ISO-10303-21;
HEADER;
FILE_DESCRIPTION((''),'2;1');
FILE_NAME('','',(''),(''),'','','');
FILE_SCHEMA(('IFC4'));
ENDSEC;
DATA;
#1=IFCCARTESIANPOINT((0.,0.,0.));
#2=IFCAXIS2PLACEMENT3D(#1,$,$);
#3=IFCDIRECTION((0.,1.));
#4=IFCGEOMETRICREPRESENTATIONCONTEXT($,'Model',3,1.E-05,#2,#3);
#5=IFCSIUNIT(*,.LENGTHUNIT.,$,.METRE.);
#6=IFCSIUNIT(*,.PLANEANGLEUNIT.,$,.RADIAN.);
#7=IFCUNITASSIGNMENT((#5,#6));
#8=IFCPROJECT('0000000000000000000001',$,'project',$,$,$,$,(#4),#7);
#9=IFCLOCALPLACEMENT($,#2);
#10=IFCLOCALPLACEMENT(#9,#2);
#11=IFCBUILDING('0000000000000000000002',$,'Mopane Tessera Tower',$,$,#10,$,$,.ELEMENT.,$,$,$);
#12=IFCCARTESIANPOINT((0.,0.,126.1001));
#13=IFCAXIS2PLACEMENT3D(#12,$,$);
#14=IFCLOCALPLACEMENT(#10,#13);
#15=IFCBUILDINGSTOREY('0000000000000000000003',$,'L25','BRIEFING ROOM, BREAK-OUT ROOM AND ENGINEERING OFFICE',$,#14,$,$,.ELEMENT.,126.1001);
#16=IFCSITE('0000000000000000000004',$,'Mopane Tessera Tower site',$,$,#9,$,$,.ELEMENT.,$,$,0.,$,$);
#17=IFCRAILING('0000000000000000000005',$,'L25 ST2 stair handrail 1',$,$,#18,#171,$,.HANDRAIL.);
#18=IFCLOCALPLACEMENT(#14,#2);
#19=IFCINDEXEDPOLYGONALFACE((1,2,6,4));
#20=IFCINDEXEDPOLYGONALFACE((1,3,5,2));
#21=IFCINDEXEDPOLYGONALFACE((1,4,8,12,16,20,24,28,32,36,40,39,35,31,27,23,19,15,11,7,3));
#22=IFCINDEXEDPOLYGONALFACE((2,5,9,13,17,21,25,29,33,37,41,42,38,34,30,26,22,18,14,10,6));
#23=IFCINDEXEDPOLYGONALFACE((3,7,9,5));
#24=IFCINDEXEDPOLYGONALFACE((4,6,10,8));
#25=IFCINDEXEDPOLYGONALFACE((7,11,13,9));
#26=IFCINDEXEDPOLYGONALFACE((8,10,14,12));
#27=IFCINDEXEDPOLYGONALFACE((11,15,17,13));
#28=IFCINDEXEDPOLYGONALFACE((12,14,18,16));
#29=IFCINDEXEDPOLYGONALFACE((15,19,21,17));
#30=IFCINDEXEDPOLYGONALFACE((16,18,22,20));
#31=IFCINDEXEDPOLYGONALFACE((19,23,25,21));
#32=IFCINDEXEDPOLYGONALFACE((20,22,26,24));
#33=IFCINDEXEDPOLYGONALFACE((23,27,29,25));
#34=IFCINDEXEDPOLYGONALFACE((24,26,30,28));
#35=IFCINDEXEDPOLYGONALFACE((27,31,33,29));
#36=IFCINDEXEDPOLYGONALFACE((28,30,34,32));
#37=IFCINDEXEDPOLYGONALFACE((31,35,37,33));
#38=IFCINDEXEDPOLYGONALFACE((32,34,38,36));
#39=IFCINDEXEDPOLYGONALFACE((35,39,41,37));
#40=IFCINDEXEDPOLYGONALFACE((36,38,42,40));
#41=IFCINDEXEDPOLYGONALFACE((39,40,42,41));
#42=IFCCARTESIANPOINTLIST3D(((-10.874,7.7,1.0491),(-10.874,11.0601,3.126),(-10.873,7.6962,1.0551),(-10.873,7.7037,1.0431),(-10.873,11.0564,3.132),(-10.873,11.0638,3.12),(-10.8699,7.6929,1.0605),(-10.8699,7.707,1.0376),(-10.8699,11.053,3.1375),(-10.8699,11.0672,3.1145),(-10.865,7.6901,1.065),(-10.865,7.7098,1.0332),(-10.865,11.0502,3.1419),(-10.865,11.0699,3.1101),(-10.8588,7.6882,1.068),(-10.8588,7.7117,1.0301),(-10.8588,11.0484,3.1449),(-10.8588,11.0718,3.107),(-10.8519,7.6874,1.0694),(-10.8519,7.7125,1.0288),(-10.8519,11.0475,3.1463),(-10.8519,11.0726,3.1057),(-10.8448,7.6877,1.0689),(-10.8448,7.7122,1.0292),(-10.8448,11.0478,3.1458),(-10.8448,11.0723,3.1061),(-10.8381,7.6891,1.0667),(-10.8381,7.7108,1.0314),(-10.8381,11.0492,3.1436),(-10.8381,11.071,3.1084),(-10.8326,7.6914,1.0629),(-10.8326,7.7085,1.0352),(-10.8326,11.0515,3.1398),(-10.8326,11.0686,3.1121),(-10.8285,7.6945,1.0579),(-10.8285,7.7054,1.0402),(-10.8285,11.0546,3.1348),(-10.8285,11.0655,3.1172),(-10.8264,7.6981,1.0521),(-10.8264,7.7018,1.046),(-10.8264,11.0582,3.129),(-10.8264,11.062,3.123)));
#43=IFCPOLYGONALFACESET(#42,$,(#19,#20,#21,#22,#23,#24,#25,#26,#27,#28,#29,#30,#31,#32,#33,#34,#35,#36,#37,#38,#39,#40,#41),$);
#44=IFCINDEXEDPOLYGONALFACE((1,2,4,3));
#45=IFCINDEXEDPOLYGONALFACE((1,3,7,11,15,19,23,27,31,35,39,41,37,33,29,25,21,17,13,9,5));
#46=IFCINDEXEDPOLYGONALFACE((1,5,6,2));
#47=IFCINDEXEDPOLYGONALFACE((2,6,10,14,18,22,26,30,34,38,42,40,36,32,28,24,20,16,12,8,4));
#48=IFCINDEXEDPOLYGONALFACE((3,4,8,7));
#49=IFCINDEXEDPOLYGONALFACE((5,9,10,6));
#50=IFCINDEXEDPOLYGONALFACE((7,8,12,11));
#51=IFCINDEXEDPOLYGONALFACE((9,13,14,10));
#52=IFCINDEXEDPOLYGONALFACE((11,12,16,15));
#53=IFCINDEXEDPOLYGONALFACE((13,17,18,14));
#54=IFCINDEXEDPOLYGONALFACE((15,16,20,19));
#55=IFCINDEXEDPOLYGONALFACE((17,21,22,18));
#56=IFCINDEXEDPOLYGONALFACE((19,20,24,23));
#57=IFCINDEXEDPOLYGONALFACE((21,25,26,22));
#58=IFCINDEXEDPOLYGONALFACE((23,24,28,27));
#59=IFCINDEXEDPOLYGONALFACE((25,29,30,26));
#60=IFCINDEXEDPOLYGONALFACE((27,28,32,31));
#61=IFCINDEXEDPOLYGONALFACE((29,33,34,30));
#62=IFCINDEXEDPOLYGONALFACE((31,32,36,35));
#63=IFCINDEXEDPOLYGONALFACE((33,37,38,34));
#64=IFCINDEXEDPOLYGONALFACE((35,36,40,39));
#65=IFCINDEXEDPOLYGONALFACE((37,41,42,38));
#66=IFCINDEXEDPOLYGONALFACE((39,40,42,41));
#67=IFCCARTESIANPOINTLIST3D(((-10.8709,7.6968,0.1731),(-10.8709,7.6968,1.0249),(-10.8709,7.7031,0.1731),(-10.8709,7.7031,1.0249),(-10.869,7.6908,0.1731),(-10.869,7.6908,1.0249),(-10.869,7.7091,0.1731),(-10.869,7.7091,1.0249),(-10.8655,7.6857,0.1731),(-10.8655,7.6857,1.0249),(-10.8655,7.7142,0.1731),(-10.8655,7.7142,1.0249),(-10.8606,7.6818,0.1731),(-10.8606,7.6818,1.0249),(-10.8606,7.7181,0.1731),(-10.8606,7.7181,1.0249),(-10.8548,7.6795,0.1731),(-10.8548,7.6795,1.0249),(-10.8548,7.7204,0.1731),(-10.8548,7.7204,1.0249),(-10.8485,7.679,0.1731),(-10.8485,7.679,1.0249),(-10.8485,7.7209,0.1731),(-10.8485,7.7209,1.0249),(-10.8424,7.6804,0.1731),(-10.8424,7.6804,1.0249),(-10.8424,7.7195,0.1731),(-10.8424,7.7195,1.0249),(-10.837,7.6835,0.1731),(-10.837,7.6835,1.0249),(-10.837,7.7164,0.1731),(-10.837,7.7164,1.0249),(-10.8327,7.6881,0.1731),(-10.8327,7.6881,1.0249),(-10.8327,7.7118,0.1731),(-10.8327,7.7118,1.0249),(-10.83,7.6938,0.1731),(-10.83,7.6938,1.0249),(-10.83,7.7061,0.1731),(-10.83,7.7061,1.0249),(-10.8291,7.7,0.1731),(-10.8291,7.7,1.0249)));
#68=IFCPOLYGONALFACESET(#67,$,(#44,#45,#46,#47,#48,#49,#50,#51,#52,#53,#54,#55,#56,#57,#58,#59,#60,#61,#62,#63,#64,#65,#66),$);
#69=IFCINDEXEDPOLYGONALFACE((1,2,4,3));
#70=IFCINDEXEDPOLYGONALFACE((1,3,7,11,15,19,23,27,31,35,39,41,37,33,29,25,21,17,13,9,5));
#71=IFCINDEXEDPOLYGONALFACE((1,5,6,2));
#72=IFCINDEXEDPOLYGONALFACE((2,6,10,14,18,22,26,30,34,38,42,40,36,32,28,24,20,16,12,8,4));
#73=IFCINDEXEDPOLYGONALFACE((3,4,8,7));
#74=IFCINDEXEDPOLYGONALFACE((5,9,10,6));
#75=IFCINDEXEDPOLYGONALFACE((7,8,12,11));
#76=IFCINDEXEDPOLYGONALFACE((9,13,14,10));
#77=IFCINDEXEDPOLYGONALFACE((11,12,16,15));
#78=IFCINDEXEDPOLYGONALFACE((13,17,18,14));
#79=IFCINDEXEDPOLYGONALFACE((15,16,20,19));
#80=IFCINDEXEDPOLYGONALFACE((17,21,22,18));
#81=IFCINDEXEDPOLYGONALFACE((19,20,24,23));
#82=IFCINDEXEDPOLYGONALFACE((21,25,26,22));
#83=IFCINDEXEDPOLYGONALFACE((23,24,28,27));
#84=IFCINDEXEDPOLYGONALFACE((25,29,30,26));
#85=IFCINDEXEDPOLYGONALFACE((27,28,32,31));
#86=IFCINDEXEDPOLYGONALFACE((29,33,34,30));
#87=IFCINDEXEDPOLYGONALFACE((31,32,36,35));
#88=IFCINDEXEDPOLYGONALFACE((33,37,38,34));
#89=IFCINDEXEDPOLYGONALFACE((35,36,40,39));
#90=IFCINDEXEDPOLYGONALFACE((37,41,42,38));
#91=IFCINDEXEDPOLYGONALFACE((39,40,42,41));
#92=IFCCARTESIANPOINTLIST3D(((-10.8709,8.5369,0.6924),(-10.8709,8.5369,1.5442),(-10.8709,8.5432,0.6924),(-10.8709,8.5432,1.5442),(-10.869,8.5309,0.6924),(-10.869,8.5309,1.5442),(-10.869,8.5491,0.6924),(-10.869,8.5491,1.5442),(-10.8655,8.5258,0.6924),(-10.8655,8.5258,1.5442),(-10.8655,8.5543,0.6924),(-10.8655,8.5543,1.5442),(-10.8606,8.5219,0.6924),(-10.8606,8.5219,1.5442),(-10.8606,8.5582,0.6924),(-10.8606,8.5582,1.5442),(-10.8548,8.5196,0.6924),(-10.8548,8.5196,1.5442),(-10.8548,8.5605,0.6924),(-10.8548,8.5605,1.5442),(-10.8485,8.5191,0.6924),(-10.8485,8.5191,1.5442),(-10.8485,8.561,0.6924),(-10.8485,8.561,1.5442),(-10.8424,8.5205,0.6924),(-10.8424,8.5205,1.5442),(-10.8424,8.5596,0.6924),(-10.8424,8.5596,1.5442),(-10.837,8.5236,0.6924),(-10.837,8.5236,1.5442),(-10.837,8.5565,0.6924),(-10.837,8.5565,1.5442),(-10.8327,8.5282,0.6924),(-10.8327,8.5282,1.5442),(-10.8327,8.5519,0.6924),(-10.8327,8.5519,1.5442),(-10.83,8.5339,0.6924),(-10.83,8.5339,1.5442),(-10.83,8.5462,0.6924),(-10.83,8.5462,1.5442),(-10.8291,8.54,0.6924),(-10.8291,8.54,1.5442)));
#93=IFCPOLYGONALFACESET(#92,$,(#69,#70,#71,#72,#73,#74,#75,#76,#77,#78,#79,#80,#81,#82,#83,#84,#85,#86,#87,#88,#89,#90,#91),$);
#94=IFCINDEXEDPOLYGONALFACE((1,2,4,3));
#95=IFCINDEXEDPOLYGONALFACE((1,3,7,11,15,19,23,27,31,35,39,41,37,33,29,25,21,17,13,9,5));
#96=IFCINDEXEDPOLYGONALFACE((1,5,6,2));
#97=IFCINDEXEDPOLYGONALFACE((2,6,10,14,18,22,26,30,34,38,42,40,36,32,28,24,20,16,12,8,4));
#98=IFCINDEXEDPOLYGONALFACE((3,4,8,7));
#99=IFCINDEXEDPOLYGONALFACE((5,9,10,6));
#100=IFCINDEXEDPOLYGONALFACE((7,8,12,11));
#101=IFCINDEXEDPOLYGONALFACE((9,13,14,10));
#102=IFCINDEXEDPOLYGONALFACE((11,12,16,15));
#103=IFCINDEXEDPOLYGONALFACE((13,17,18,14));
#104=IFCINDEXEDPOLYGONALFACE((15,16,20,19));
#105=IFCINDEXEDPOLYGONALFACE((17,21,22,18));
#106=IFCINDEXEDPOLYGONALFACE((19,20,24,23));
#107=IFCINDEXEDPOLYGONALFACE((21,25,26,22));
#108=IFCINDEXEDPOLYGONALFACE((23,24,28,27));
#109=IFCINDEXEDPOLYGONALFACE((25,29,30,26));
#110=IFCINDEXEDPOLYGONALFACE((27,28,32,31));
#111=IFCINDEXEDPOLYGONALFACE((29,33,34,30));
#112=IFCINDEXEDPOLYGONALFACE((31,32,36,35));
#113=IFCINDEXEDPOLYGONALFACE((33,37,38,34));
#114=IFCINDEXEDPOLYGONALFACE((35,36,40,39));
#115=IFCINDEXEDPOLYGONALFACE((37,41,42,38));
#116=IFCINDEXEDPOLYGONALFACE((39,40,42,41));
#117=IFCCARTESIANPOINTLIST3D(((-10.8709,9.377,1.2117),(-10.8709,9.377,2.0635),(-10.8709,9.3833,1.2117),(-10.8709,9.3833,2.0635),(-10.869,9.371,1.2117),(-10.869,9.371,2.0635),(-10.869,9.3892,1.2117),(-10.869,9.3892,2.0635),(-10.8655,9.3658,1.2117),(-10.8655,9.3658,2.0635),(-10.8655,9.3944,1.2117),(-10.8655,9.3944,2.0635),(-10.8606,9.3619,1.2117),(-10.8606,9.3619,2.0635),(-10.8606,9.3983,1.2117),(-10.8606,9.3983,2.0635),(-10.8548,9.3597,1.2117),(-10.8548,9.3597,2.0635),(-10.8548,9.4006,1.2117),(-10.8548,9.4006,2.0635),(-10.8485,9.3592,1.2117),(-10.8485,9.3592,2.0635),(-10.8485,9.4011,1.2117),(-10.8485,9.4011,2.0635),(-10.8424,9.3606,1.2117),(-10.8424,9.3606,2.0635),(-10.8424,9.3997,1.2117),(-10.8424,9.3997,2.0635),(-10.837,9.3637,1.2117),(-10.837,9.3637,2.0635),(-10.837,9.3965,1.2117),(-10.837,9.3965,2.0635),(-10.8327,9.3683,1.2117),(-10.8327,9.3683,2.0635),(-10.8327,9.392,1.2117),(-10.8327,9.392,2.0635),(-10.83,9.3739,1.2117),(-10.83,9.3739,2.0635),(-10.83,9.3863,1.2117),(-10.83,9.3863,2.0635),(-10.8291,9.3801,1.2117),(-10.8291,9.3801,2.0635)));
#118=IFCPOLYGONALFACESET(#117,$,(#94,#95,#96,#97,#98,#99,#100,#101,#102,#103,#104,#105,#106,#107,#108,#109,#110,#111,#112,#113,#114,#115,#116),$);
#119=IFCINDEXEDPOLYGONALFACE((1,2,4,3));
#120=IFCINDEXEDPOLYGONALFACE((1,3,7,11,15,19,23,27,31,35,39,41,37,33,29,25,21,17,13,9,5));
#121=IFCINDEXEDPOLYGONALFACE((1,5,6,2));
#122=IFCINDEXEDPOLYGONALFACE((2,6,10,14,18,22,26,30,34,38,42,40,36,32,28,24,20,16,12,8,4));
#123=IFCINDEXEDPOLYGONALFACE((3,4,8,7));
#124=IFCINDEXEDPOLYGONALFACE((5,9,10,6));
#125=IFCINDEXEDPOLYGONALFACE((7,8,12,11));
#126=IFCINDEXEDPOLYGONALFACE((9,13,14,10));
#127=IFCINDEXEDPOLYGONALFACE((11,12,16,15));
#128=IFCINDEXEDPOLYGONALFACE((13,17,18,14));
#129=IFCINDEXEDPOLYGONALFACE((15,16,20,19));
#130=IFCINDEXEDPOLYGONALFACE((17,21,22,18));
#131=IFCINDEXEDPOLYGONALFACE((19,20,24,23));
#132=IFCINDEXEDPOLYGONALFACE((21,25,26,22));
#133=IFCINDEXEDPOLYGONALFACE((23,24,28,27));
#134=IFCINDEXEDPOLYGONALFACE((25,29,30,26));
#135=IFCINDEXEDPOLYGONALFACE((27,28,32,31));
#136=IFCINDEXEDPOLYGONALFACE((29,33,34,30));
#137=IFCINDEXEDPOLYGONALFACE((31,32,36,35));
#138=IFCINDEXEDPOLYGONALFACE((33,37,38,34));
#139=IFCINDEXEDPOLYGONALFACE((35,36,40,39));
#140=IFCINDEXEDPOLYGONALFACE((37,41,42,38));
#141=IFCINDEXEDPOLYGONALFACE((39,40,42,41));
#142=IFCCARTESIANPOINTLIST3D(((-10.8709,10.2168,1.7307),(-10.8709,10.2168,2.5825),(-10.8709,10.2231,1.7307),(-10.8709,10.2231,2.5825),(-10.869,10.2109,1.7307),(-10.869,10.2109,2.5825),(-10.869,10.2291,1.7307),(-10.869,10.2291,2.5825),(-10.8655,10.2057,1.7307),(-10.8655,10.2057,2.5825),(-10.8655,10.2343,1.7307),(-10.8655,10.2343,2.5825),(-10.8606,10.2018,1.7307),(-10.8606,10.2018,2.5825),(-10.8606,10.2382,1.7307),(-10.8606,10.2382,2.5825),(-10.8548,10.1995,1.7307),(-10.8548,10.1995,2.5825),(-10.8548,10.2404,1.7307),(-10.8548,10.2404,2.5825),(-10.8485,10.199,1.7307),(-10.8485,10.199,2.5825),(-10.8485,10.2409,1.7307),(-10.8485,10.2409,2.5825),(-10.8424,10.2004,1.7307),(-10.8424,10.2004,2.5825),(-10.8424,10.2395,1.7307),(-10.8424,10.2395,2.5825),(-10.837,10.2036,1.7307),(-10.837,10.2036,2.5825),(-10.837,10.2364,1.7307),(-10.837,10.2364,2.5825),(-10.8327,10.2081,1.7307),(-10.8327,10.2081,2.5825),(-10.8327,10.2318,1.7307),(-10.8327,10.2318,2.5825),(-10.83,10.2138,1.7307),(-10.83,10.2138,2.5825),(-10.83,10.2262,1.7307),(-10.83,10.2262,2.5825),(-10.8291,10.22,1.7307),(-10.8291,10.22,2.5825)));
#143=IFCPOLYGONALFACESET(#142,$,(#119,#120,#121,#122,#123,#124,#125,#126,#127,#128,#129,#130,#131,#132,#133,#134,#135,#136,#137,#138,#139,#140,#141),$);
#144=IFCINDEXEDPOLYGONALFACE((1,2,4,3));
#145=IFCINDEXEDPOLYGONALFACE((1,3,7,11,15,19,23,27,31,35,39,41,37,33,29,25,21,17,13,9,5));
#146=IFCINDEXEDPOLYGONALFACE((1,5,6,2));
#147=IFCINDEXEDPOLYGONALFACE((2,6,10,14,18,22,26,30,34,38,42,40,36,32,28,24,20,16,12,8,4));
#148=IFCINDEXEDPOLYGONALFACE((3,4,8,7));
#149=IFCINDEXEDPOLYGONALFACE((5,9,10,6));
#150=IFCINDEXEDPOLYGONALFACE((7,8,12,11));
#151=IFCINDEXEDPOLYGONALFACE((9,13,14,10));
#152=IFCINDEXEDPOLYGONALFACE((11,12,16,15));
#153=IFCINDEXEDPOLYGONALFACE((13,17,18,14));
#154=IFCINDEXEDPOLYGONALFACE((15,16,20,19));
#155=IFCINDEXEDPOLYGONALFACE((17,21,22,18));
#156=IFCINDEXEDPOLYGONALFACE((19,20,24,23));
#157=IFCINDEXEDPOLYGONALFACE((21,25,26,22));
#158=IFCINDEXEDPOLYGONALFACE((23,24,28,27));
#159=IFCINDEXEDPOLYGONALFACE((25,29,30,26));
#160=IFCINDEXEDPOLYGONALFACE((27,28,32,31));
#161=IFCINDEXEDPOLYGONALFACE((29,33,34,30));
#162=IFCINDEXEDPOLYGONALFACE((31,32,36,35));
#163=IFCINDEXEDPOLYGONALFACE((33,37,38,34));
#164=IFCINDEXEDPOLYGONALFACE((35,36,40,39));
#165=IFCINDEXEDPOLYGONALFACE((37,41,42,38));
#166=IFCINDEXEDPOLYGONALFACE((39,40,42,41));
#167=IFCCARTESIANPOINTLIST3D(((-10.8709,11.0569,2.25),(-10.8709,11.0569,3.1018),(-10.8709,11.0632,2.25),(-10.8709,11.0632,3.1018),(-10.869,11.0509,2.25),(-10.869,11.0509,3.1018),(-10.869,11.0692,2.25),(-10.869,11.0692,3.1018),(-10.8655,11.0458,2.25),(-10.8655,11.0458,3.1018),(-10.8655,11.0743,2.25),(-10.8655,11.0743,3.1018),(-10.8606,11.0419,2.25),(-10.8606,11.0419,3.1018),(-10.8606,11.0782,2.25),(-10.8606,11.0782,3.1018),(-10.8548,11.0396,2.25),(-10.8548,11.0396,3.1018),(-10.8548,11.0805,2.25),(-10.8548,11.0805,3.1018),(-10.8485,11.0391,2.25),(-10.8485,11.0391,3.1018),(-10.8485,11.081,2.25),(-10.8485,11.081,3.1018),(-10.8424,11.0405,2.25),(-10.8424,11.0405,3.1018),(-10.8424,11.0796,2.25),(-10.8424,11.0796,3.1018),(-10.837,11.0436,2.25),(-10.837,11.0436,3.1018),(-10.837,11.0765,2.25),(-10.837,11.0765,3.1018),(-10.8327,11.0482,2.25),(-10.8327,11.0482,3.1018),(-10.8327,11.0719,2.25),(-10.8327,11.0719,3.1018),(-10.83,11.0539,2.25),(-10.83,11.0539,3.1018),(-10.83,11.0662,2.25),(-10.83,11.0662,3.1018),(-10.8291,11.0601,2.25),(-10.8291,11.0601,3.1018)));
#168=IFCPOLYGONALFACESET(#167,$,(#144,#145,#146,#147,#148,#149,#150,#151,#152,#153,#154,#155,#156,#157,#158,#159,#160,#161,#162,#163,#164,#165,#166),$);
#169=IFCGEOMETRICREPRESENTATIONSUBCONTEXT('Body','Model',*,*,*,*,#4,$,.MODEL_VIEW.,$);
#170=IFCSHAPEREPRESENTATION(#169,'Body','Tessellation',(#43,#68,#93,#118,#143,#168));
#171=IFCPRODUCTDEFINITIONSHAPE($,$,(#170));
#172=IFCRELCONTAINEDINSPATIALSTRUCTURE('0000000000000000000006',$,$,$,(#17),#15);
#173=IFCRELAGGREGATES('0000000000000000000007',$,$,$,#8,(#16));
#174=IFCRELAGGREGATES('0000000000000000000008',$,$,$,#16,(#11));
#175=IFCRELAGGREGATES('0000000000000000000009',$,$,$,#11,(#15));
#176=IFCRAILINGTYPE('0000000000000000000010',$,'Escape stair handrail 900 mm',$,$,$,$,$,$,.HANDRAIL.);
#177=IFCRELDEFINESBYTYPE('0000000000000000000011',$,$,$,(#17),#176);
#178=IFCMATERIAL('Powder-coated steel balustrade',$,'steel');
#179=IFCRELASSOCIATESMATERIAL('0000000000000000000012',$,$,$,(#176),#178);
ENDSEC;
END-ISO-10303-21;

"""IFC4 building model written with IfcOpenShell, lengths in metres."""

from ifc_helpers import new_model, si_unit, direction, frame, origin, origin_2d, place, context, subcontext, project, spatial, circle, extrude, material, type_object, element, save


model = new_model("IFC4")

# Units and contexts
model_context = context("Model", 3, precision=1e-05, world=origin(), true_north=direction((0.0, 1.0)))
body_context = subcontext(model_context, "Body", "Model", "MODEL_VIEW")
ifc_project = project(units=[si_unit("LENGTHUNIT", "METRE"), si_unit("PLANEANGLEUNIT", "RADIAN")], contexts=[model_context])

# Site, building, storey
site_placement = place(None, origin())
site = spatial("IfcSite", under=ifc_project, at=site_placement, Name="Mopane Tessera Tower site", CompositionType="ELEMENT", RefElevation=0.0)
building_placement = place(site_placement, origin())
building = spatial("IfcBuilding", under=site, at=building_placement, Name="Mopane Tessera Tower", CompositionType="ELEMENT")
storey_placement = place(building_placement, frame((0.0, 0.0, 126.1001)))
storey = spatial("IfcBuildingStorey", under=building, at=storey_placement, Name="L25", Description="BRIEFING ROOM, BREAK-OUT ROOM AND ENGINEERING OFFICE", CompositionType="ELEMENT", Elevation=126.1001)

# Railing
ifc_material_1 = material(Name="Powder-coated steel balustrade", Category="steel")
railing_type_1 = type_object("IfcRailingType", Name="Escape stair handrail 900 mm", PredefinedType="HANDRAIL", material=ifc_material_1)
railing_1_placement = place(storey_placement, frame((-10.8501, 7.7, 0.1731)))
element("IfcRailing", 1, at=railing_1_placement, inside=storey, type_object=railing_type_1, Name="L25 ST2 stair handrail 1", PredefinedType="HANDRAIL", context=body_context, shape_type="SweptSolid", body=[
    extrude(circle(Radius=0.0239, at=origin_2d()), frame((0.0, 0.0, 0.876), z_axis=(0.0, 0.850623, 0.525776), x_axis=(-1.0, 0.0, 0.0)), (0.0, 0.0, 1.0), 3.9502),
    extrude(circle(Radius=0.021, at=origin_2d()), origin(), (0.0, 0.0, 1.0), 0.8518),
    extrude(circle(Radius=0.021, at=origin_2d()), frame((0.0, 0.8401, 0.5193)), (0.0, 0.0, 1.0), 0.8518),
    extrude(circle(Radius=0.021, at=origin_2d()), frame((0.0, 1.6802, 1.0386)), (0.0, 0.0, 1.0), 0.8518),
    extrude(circle(Radius=0.021, at=origin_2d()), frame((0.0, 2.52, 1.5576)), (0.0, 0.0, 1.0), 0.8518),
    extrude(circle(Radius=0.021, at=origin_2d()), frame((0.0, 3.3601, 2.0769)), (0.0, 0.0, 1.0), 0.8518),
])

save(model, "model.ifc")
